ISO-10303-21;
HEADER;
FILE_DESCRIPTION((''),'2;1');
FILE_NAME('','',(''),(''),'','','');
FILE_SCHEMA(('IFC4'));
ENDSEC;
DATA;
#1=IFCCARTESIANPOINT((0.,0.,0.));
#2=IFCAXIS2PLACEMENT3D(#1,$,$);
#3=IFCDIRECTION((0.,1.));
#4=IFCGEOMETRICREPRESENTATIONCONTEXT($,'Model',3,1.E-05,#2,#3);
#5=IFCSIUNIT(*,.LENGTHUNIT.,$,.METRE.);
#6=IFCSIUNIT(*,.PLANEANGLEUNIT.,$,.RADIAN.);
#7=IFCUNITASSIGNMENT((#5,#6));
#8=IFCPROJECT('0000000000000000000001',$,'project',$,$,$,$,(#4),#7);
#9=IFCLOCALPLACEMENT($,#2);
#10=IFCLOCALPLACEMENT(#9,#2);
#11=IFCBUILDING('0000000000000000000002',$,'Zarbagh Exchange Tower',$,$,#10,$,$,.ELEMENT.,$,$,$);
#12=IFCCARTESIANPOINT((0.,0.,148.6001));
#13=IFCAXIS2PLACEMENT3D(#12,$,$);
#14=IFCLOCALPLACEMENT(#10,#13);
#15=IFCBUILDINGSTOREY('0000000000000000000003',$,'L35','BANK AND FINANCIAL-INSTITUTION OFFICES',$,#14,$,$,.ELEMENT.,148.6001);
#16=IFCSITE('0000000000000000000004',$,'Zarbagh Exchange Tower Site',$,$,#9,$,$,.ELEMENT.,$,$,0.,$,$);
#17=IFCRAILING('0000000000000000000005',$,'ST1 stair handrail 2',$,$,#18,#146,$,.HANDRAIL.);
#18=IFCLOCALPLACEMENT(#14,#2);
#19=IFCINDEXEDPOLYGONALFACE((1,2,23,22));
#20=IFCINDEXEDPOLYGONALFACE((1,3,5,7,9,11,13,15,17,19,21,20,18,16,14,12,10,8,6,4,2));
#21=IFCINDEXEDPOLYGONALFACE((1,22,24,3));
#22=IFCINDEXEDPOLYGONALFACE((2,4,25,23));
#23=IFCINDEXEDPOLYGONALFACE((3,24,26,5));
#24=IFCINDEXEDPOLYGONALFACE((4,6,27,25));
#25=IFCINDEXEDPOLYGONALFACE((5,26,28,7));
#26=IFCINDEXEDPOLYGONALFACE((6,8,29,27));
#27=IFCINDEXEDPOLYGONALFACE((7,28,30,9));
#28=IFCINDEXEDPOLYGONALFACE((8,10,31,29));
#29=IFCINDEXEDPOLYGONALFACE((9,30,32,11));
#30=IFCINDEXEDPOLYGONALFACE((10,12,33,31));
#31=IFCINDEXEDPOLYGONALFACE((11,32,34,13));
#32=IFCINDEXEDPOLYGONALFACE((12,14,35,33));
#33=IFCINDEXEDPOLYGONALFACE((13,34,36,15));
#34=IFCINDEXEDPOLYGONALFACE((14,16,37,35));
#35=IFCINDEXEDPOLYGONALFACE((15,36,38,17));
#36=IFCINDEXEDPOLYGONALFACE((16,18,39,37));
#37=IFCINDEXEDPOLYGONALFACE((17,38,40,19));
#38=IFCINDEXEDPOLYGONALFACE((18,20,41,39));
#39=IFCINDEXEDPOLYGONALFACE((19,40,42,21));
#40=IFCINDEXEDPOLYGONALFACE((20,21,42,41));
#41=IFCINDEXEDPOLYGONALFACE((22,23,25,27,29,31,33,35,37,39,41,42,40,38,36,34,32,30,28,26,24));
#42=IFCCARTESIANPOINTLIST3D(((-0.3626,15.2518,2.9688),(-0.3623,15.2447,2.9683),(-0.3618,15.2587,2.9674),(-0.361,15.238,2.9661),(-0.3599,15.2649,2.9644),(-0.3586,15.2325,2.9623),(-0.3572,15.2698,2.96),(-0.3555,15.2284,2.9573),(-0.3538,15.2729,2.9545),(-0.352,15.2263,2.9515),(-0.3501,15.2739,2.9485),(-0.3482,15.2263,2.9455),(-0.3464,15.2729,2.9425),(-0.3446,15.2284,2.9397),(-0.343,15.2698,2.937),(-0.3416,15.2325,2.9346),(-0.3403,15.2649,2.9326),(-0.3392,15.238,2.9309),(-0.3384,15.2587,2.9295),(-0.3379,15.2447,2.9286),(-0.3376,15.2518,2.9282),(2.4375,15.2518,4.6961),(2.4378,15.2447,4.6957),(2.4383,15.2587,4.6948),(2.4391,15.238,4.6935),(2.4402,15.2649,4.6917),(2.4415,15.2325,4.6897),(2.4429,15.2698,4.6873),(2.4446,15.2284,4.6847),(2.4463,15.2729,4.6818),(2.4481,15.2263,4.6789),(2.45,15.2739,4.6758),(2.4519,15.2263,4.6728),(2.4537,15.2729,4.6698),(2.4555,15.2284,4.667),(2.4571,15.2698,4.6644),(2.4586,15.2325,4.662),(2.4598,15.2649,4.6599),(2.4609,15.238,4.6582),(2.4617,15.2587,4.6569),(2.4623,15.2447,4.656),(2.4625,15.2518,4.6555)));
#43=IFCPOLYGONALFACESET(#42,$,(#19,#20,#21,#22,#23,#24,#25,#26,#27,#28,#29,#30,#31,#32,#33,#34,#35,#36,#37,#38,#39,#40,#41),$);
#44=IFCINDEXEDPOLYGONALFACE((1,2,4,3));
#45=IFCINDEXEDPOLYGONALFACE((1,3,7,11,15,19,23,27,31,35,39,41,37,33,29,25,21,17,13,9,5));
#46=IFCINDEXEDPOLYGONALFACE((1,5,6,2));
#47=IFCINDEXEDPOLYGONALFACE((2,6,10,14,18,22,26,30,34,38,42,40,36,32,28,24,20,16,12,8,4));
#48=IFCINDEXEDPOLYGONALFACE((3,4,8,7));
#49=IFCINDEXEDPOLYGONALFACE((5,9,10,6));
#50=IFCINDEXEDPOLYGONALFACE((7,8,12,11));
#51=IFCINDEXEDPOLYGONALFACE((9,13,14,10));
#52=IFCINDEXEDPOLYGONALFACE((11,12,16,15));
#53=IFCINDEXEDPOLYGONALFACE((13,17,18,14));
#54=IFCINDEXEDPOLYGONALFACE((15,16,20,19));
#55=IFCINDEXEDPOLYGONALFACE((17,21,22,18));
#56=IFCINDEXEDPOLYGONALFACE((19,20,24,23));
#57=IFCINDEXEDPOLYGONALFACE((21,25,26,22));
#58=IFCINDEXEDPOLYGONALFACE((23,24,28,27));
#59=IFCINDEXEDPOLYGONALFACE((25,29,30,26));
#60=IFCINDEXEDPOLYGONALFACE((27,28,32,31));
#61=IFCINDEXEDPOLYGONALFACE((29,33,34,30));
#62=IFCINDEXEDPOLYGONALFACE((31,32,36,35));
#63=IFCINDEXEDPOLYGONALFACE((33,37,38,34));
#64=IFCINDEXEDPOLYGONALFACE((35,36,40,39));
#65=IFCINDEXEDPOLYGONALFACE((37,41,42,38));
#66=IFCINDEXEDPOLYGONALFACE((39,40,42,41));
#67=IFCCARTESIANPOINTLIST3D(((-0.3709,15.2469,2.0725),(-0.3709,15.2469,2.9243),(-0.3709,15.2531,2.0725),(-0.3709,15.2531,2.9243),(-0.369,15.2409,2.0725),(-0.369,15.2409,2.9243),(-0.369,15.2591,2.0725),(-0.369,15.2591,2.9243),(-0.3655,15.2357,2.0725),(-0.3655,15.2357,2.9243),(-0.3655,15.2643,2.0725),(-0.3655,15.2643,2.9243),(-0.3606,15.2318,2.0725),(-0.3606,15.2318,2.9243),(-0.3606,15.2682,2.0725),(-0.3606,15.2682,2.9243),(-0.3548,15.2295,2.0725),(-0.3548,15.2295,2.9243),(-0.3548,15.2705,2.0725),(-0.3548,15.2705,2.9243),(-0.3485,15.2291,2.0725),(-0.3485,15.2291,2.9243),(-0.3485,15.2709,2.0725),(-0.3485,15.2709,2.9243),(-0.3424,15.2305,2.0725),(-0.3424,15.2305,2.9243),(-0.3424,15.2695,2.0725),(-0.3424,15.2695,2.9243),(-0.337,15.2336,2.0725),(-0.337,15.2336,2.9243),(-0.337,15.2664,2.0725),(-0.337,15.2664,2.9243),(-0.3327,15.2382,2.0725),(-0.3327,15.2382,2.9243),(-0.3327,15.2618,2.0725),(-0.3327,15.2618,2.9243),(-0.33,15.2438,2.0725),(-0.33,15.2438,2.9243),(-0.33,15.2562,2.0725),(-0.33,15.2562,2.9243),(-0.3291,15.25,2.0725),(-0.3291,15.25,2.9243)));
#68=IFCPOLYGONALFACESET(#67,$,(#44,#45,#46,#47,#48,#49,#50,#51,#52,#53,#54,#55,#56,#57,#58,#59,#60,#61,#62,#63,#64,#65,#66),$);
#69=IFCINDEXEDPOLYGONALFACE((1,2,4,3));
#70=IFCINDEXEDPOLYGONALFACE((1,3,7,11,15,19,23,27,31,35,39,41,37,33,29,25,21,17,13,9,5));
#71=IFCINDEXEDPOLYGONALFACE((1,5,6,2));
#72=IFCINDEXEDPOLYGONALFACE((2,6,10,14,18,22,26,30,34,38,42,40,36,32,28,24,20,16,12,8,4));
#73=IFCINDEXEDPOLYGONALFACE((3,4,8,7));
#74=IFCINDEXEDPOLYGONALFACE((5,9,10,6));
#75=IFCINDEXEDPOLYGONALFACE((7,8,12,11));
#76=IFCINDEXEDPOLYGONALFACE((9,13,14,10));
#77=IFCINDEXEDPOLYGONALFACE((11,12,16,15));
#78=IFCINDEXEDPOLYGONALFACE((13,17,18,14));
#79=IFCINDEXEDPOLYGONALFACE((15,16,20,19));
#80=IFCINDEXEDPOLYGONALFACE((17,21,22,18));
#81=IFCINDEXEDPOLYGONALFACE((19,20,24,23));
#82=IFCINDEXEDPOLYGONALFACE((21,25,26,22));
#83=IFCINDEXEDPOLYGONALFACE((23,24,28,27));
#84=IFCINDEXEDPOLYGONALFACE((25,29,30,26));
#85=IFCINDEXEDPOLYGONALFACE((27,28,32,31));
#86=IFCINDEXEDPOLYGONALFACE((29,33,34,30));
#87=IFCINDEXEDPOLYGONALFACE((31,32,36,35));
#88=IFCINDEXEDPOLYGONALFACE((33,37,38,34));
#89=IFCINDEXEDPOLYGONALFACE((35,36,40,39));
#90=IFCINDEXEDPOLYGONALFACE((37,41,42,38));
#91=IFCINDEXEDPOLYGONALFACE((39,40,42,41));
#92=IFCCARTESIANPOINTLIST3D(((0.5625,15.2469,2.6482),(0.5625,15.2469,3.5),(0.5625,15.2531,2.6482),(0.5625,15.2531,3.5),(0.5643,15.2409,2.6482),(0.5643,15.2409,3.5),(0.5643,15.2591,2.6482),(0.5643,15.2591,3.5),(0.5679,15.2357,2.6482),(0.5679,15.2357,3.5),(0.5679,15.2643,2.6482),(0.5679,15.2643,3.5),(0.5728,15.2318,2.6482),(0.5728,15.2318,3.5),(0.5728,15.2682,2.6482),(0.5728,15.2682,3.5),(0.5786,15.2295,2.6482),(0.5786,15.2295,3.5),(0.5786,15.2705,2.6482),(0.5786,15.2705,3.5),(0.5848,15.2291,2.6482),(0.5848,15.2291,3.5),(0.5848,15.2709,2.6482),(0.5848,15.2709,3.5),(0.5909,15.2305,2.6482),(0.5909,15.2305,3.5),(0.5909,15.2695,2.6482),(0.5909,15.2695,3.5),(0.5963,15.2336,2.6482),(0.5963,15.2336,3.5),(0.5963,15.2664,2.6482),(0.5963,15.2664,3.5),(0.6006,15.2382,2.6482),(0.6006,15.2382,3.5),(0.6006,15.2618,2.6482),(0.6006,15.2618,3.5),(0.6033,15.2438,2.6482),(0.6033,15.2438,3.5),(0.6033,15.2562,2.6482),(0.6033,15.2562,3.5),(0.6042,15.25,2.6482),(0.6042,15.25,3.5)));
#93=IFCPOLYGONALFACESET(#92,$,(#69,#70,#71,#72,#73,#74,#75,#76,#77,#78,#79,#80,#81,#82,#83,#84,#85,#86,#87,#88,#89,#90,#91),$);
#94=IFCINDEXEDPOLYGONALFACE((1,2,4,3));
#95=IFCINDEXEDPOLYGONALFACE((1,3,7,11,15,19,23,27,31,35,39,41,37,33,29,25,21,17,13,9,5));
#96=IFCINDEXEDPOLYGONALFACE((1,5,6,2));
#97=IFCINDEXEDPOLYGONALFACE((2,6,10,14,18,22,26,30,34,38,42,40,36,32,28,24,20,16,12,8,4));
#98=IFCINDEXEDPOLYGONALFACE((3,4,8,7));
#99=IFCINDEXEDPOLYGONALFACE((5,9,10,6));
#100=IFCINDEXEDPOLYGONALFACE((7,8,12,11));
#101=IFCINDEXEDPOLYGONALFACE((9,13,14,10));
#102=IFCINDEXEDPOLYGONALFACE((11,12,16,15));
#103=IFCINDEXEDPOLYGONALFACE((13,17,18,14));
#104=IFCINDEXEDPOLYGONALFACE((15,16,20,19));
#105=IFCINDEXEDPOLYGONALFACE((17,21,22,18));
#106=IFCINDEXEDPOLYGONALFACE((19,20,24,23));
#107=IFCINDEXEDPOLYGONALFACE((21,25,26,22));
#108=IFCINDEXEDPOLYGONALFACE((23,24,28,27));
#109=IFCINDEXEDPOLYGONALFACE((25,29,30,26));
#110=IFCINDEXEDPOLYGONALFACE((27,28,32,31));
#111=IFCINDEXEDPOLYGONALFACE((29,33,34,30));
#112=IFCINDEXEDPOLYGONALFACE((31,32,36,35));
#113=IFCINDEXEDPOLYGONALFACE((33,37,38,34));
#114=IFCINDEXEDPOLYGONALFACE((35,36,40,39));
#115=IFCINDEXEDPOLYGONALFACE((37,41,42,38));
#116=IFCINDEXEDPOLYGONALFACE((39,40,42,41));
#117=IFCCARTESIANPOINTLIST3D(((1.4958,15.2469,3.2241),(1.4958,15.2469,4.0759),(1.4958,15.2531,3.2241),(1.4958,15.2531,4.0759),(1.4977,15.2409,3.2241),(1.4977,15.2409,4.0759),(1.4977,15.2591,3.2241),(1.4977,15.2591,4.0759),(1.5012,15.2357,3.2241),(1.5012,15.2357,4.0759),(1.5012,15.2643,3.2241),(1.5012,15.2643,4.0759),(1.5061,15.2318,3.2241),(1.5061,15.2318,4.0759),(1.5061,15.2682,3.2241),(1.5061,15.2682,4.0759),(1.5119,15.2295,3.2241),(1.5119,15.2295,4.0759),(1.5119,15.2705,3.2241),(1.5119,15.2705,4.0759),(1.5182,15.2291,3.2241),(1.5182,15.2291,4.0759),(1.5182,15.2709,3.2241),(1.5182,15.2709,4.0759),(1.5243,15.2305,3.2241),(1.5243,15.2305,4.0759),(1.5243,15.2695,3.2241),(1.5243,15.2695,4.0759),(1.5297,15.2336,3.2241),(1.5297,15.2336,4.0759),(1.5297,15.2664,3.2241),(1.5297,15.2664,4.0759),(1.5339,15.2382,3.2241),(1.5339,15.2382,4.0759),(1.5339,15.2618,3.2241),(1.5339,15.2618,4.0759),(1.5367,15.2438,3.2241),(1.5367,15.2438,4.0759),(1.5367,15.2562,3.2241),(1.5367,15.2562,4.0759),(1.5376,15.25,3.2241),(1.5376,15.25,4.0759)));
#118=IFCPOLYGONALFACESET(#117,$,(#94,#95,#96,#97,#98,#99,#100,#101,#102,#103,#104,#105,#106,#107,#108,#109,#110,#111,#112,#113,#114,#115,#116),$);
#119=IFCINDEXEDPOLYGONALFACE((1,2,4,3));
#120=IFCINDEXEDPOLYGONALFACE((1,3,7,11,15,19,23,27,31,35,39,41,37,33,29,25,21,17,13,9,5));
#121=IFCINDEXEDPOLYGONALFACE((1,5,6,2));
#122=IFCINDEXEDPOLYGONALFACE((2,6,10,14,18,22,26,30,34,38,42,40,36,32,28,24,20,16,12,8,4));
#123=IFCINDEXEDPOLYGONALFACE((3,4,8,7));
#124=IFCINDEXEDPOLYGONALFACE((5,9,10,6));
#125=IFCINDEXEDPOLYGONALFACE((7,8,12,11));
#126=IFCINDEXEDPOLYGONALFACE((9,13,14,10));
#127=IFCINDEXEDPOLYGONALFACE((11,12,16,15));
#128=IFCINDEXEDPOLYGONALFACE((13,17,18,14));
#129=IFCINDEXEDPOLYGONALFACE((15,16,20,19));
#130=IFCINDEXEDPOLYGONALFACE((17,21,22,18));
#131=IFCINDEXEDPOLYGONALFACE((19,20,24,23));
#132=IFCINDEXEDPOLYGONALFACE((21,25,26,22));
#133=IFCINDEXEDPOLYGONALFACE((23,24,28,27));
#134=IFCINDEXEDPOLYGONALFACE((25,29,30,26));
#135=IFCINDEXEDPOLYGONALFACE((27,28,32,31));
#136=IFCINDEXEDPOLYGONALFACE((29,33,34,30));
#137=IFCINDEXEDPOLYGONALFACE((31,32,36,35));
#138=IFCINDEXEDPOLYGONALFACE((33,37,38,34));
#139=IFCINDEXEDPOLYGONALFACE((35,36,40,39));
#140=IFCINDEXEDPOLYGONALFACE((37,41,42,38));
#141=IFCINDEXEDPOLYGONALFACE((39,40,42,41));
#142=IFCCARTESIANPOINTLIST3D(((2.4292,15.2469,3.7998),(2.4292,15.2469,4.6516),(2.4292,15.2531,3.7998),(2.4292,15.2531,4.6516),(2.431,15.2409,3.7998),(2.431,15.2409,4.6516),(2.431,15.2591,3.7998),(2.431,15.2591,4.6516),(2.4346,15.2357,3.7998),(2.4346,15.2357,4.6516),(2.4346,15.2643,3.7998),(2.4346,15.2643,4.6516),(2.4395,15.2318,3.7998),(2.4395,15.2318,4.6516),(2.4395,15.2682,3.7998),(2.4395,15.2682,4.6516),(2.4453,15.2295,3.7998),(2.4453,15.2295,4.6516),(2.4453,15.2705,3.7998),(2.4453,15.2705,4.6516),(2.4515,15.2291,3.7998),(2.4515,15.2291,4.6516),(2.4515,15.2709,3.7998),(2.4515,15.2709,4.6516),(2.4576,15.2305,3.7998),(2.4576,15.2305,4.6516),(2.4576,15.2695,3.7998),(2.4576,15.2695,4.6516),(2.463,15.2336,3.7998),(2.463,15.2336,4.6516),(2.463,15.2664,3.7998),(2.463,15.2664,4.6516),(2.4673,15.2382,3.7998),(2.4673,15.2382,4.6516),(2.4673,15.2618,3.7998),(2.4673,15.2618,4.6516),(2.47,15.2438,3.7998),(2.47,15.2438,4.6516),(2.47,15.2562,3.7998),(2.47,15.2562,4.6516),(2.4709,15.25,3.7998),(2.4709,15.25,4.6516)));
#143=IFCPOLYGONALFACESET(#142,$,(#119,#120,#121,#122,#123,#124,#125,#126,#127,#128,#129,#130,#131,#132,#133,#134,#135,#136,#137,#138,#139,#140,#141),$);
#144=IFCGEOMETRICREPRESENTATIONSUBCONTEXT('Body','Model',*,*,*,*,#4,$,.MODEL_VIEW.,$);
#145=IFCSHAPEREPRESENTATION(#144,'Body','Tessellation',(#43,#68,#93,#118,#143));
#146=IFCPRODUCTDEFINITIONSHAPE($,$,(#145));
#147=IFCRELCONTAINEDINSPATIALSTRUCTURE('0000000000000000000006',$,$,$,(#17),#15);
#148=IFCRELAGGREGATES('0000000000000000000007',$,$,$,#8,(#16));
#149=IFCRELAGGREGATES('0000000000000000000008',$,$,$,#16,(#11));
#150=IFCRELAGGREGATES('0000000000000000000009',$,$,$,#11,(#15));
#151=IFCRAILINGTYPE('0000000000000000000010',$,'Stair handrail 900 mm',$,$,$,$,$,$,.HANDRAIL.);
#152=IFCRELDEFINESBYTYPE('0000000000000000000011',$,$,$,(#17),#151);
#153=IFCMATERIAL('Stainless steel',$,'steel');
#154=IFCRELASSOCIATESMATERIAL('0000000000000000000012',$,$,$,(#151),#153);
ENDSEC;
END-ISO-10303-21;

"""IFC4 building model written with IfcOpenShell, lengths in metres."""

from ifc_helpers import new_model, si_unit, direction, frame, origin, origin_2d, place, context, subcontext, project, spatial, circle, extrude, material, type_object, element, save


model = new_model("IFC4")

# Units and contexts
model_context = context("Model", 3, precision=1e-05, world=origin(), true_north=direction((0.0, 1.0)))
body_context = subcontext(model_context, "Body", "Model", "MODEL_VIEW")
ifc_project = project(units=[si_unit("LENGTHUNIT", "METRE"), si_unit("PLANEANGLEUNIT", "RADIAN")], contexts=[model_context])

# Site, building, storey
site_placement = place(None, origin())
site = spatial("IfcSite", under=ifc_project, at=site_placement, Name="Zarbagh Exchange Tower Site", CompositionType="ELEMENT", RefElevation=0.0)
building_placement = place(site_placement, origin())
building = spatial("IfcBuilding", under=site, at=building_placement, Name="Zarbagh Exchange Tower", CompositionType="ELEMENT")
storey_placement = place(building_placement, frame((0.0, 0.0, 148.6001)))
storey = spatial("IfcBuildingStorey", under=building, at=storey_placement, Name="L35", Description="BANK AND FINANCIAL-INSTITUTION OFFICES", CompositionType="ELEMENT", Elevation=148.6001)

# Railing
ifc_material_1 = material(Name="Stainless steel", Category="steel")
railing_type_1 = type_object("IfcRailingType", Name="Stair handrail 900 mm", PredefinedType="HANDRAIL", material=ifc_material_1)
railing_1_placement = place(storey_placement, frame((-0.3501, 15.25, 2.0725)))
element("IfcRailing", 1, at=railing_1_placement, inside=storey, type_object=railing_type_1, Name="ST1 stair handrail 2", PredefinedType="HANDRAIL", context=body_context, shape_type="SweptSolid", body=[
    extrude(circle(Radius=0.0239, at=origin_2d()), frame((0.0, 0.0, 0.876), z_axis=(0.85109, 0.0, 0.52502), x_axis=(0.0, 1.0, 0.0)), (0.0, 0.0, 1.0), 3.29),
    extrude(circle(Radius=0.021, at=origin_2d()), origin(), (0.0, 0.0, 1.0), 0.8518),
    extrude(circle(Radius=0.021, at=origin_2d()), frame((0.9333, 0.0, 0.5757)), (0.0, 0.0, 1.0), 0.8518),
    extrude(circle(Radius=0.021, at=origin_2d()), frame((1.8667, 0.0, 1.1516)), (0.0, 0.0, 1.0), 0.8518),
    extrude(circle(Radius=0.021, at=origin_2d()), frame((2.8, 0.0, 1.7273)), (0.0, 0.0, 1.0), 0.8518),
])

save(model, "model.ifc")
